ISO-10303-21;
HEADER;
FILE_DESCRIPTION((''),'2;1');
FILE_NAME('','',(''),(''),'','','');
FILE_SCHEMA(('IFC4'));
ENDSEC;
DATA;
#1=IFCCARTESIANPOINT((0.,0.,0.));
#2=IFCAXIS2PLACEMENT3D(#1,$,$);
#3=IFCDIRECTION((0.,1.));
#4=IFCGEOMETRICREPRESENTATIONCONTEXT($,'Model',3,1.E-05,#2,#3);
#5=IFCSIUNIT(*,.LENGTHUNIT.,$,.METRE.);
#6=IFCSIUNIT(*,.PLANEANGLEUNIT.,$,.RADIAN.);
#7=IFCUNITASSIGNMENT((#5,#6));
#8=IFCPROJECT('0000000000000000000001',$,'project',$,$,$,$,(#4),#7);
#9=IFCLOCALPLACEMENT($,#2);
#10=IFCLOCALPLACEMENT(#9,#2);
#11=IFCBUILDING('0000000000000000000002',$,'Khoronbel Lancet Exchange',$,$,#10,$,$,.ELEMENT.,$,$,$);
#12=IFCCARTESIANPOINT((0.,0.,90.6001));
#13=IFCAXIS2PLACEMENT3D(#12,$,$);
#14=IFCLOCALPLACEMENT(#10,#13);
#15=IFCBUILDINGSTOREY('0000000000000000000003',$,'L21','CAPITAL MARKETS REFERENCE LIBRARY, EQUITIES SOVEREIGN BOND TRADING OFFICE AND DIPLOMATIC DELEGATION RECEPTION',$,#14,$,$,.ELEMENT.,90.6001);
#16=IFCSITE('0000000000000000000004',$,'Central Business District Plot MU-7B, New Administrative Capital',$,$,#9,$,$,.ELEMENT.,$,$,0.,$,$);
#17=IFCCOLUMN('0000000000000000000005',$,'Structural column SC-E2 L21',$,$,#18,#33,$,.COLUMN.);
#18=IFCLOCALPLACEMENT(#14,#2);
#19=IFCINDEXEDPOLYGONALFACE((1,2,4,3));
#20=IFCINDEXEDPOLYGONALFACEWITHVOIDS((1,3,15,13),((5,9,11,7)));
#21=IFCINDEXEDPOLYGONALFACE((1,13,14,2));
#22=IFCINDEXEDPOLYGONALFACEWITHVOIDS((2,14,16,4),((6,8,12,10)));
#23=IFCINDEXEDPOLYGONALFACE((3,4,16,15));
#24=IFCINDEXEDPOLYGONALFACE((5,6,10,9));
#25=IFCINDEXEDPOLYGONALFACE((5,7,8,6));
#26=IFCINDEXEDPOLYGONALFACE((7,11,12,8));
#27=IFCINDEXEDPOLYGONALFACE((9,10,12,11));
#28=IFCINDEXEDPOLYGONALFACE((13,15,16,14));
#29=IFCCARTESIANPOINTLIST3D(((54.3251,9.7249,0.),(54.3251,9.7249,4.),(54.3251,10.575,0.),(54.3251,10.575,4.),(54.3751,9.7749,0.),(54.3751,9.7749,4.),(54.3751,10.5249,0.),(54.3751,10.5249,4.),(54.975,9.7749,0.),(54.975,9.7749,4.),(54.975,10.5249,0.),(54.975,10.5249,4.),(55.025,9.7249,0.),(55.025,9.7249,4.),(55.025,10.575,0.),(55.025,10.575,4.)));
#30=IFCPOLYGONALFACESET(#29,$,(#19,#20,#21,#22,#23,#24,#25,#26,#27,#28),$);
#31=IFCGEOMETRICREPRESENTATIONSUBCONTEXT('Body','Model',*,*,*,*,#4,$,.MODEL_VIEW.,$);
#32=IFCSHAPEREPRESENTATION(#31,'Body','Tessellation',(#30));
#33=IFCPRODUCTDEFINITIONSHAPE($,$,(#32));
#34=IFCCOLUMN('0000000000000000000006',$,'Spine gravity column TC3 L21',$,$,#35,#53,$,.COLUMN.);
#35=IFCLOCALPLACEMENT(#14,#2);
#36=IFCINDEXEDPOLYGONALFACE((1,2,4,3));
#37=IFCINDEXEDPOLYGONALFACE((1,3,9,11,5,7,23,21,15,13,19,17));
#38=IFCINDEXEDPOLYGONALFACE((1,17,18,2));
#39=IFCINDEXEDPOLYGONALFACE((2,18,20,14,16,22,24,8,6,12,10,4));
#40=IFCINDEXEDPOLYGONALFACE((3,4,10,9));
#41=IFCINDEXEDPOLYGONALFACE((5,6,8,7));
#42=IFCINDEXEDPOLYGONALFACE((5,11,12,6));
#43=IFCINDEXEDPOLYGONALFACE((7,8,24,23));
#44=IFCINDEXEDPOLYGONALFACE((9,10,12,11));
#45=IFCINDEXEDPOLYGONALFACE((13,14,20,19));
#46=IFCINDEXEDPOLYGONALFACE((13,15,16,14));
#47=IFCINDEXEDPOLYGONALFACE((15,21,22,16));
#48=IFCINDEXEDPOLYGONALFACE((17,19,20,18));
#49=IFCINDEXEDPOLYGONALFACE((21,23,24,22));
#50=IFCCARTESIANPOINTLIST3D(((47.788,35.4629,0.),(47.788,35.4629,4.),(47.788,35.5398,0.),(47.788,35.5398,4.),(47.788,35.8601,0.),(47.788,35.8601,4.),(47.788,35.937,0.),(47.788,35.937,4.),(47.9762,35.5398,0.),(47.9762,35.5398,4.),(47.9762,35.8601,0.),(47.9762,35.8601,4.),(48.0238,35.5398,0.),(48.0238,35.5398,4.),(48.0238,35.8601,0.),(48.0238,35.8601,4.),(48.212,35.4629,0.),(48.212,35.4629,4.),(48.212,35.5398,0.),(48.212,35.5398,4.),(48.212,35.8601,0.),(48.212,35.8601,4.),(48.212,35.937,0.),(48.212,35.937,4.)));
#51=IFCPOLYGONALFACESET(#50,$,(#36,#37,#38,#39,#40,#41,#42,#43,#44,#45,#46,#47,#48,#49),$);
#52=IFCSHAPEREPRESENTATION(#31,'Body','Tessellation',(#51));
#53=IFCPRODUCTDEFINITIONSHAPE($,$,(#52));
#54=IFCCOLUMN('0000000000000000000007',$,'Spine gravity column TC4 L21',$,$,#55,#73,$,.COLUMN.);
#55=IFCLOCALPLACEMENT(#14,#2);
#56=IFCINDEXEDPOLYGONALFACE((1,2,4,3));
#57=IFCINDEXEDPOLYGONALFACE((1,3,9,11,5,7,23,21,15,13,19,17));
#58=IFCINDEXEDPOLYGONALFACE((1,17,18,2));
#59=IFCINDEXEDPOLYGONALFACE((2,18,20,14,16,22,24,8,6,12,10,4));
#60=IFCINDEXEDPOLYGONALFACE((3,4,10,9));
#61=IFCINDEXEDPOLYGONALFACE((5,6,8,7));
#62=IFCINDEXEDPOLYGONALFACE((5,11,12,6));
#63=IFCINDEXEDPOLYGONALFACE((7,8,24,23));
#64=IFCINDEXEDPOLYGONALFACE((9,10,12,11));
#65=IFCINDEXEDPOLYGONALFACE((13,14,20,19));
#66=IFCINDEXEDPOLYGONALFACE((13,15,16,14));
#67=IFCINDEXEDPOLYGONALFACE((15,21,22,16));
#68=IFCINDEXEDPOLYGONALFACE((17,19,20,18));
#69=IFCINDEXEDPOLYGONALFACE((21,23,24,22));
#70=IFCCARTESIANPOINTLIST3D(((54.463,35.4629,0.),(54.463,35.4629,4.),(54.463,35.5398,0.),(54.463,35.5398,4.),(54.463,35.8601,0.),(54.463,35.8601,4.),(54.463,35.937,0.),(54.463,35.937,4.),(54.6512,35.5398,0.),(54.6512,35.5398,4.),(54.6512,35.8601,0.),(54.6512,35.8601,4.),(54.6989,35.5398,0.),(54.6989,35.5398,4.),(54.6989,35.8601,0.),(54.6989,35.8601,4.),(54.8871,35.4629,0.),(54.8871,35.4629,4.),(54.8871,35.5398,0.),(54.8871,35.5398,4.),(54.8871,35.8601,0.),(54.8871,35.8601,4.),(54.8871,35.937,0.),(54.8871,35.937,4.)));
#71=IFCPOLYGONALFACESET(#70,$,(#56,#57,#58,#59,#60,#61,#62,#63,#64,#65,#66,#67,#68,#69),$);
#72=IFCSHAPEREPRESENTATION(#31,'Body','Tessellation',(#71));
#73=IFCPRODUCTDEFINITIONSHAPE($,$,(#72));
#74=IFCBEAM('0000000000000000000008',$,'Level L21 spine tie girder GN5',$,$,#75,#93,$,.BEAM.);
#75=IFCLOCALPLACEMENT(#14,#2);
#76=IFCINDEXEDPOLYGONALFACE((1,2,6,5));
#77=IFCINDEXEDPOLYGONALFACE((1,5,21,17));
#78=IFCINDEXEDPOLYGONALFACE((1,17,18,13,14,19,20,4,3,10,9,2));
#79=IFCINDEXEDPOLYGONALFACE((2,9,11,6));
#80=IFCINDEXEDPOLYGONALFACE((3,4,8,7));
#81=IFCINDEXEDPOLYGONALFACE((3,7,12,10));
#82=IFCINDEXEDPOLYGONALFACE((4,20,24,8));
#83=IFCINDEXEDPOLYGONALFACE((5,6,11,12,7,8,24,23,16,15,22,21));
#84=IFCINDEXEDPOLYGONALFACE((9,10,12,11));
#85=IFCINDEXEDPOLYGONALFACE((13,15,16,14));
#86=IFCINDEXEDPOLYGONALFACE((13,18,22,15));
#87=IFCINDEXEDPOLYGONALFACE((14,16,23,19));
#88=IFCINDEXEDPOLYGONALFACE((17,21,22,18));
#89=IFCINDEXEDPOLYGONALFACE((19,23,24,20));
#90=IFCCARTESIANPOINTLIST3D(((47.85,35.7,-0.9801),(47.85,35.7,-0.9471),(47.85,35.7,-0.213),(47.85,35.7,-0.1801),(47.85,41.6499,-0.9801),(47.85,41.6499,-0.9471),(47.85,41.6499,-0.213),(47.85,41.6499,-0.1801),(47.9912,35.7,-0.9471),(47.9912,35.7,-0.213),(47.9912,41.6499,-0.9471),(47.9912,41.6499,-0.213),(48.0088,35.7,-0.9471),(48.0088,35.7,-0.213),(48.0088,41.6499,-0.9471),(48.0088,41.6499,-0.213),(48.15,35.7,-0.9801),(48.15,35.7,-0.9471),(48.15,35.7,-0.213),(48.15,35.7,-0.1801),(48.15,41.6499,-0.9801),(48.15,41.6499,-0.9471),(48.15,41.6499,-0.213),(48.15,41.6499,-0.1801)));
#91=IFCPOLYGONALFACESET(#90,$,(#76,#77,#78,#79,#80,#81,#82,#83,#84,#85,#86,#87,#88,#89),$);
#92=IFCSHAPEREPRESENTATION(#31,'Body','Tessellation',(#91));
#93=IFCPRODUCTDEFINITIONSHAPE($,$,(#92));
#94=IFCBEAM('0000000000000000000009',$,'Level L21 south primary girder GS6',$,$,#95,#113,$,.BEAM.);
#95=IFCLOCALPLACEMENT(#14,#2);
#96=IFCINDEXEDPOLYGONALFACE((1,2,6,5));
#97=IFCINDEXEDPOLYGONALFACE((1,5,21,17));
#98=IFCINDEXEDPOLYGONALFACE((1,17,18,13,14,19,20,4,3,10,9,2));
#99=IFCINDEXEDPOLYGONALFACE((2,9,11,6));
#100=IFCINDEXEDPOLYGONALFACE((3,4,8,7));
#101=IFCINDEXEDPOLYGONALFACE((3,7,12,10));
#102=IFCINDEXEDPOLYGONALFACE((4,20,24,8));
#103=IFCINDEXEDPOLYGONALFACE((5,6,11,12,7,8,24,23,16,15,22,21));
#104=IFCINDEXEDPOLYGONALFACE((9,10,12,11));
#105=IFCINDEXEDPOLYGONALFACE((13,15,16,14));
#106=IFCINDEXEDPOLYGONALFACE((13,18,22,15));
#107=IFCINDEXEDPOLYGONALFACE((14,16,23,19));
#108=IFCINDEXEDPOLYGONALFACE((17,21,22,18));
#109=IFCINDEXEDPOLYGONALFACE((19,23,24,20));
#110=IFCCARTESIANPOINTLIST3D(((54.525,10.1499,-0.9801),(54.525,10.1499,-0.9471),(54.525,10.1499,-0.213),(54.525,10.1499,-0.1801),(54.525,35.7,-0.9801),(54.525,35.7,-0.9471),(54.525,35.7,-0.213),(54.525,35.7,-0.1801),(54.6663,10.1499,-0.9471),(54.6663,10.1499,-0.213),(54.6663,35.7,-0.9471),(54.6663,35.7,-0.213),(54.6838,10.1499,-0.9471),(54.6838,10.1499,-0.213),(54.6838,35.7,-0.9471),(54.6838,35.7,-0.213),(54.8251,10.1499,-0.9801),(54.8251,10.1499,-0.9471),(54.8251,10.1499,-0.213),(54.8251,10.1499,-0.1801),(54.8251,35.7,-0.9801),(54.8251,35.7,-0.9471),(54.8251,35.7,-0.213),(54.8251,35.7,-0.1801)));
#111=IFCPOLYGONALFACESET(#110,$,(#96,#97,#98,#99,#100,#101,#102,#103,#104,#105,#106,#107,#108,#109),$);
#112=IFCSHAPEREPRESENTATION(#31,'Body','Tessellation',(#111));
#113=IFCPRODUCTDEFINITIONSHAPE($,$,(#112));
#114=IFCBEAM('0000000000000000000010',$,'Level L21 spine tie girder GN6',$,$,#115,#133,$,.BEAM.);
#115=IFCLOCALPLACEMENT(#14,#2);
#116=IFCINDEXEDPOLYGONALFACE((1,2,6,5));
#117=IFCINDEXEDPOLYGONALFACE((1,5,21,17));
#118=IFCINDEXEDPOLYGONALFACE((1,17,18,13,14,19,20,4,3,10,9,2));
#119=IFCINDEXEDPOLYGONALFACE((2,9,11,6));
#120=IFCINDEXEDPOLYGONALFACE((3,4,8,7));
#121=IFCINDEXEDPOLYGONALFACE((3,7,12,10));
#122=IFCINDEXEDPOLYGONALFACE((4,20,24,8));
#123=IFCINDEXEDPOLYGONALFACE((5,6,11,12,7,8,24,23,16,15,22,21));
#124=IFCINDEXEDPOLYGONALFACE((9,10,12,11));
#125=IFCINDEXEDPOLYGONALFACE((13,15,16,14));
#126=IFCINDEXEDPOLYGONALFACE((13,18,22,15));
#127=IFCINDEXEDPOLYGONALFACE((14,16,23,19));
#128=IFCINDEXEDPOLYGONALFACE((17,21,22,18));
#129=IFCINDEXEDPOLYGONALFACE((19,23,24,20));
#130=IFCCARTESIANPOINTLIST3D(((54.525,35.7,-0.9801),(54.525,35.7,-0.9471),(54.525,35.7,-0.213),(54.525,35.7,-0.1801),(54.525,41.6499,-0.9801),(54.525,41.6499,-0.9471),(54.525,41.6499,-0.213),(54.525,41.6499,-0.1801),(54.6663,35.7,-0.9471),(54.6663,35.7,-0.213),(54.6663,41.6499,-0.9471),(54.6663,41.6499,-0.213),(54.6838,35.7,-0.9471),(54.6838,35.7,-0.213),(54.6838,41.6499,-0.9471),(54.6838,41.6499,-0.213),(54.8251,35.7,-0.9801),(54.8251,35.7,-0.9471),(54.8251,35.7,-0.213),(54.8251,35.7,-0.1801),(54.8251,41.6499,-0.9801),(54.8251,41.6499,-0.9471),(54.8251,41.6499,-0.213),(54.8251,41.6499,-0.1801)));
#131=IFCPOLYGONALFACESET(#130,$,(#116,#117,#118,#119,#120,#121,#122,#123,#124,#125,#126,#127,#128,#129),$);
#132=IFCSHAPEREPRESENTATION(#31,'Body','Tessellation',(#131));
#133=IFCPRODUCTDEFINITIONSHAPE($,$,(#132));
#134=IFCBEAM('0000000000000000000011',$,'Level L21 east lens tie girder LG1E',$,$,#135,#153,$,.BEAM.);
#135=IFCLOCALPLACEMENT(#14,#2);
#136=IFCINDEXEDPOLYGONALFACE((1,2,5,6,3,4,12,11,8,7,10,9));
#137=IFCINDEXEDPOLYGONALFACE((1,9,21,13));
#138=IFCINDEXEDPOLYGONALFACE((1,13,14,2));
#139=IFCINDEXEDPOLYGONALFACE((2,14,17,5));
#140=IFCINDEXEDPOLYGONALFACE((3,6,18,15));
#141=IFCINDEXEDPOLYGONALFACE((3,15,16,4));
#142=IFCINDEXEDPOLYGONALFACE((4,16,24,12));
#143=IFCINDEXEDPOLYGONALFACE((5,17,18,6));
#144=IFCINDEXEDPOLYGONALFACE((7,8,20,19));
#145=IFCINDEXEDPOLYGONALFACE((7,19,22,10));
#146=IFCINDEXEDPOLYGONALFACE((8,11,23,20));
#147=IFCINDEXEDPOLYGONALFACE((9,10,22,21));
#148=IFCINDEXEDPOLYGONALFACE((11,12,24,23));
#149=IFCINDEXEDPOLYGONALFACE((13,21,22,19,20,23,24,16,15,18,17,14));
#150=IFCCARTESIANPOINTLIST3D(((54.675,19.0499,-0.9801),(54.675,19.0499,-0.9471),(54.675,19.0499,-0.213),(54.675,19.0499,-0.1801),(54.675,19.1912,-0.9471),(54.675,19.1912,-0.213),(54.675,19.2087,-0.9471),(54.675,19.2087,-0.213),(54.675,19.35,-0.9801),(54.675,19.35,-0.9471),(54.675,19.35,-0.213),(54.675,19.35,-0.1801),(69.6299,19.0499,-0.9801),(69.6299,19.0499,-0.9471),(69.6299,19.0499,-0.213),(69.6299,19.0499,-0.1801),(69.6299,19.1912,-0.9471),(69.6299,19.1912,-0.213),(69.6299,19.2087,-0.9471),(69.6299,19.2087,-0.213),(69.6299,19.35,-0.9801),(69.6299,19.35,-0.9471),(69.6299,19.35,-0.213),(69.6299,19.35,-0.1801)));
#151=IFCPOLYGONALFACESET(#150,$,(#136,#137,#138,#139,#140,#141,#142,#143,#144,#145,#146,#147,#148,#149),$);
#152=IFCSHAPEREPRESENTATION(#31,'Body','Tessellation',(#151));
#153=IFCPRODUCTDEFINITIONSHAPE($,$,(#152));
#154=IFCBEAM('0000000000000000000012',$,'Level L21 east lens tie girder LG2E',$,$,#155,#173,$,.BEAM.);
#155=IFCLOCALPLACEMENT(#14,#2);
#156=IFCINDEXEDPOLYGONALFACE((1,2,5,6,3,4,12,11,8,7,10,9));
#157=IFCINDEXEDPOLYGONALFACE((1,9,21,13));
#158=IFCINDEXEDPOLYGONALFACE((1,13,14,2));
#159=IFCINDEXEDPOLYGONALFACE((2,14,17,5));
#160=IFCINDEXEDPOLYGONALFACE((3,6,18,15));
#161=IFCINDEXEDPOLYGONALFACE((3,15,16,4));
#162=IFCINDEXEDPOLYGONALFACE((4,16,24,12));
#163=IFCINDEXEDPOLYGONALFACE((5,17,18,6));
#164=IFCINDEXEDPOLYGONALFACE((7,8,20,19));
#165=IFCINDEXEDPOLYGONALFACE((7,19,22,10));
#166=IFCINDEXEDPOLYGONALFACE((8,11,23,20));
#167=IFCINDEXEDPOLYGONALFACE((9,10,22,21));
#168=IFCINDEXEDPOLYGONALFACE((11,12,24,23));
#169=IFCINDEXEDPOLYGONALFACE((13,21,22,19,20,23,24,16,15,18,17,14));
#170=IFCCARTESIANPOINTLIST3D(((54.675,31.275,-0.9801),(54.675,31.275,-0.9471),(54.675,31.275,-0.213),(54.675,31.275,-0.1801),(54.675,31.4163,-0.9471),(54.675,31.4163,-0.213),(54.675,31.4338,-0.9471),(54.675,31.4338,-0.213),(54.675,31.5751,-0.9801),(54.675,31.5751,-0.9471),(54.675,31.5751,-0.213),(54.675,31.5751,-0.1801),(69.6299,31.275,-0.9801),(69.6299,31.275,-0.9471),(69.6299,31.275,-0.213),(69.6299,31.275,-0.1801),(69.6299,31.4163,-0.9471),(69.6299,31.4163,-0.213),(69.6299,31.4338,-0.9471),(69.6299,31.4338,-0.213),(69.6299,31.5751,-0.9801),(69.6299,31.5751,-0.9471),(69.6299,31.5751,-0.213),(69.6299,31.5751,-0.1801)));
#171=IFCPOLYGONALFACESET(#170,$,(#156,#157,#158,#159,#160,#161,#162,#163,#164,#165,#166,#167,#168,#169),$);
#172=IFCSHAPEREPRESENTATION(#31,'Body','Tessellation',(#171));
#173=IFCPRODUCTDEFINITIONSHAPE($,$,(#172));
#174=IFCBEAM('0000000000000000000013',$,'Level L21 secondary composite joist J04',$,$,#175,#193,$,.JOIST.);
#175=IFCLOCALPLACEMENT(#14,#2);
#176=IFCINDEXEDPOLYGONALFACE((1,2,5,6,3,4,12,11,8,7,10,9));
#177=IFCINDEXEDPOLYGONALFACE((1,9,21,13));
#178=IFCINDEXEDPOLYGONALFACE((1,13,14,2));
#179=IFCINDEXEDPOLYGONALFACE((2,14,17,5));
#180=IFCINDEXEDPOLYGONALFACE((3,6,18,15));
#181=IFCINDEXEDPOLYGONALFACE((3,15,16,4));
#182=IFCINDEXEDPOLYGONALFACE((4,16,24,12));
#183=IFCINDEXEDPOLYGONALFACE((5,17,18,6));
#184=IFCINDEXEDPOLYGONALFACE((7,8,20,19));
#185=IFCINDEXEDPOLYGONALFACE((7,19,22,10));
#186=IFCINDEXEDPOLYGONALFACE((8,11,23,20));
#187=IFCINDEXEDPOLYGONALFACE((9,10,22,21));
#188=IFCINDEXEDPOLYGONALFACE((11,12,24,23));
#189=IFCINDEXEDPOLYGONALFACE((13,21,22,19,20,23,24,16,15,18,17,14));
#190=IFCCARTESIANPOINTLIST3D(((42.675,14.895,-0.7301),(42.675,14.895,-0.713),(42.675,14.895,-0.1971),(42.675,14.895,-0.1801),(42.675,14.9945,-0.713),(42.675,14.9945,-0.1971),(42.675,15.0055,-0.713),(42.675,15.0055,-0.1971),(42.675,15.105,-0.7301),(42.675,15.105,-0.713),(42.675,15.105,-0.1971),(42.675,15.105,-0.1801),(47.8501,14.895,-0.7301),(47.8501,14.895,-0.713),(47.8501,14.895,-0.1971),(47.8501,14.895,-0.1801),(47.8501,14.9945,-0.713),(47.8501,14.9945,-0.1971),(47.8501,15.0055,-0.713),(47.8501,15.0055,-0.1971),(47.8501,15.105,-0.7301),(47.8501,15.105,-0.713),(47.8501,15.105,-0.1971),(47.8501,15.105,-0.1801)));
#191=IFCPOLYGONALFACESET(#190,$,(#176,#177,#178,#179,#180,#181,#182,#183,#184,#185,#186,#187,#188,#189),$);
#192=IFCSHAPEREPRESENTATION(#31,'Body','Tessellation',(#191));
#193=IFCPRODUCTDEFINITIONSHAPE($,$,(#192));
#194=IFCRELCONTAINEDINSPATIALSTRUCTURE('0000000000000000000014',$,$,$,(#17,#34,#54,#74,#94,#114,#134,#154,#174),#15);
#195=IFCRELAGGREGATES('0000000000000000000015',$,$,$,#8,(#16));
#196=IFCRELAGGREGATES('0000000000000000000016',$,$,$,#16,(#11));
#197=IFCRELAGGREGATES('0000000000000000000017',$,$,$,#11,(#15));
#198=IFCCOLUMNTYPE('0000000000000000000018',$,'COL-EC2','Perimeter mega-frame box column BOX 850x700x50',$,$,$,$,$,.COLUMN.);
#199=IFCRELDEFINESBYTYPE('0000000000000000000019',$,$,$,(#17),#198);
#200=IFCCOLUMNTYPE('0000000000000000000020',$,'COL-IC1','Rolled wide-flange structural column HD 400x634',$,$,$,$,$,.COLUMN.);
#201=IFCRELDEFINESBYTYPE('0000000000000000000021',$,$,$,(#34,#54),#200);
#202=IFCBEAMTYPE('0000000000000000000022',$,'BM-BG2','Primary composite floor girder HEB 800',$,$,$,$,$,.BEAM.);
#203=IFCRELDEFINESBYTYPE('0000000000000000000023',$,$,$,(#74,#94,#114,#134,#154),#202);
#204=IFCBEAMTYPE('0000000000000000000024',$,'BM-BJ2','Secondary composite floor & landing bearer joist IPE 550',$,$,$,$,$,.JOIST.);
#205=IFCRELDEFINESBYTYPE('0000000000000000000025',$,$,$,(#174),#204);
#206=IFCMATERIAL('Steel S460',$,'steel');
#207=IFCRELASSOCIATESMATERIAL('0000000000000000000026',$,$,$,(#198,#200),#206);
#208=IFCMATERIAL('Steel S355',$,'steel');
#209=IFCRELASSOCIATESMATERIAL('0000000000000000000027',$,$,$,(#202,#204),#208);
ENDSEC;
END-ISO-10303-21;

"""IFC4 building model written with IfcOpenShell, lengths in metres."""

from ifc_helpers import new_model, si_unit, direction, frame, origin, origin_2d, place, context, subcontext, project, spatial, hollow_rectangle, i_section, extrude, material, material_profile, profile_set, type_object, element, save


model = new_model("IFC4")

# Units and contexts
model_context = context("Model", 3, precision=1e-05, world=origin(), true_north=direction((0.0, 1.0)))
body_context = subcontext(model_context, "Body", "Model", "MODEL_VIEW")
ifc_project = project(units=[si_unit("LENGTHUNIT", "METRE"), si_unit("PLANEANGLEUNIT", "RADIAN")], contexts=[model_context])

# Site, building, storey
site_placement = place(None, origin())
site = spatial("IfcSite", under=ifc_project, at=site_placement, Name="Central Business District Plot MU-7B, New Administrative Capital", CompositionType="ELEMENT", RefElevation=0.0)
building_placement = place(site_placement, origin())
building = spatial("IfcBuilding", under=site, at=building_placement, Name="Khoronbel Lancet Exchange", CompositionType="ELEMENT")
storey_placement = place(building_placement, frame((0.0, 0.0, 90.6001)))
storey = spatial("IfcBuildingStorey", under=building, at=storey_placement, Name="L21", Description="CAPITAL MARKETS REFERENCE LIBRARY, EQUITIES SOVEREIGN BOND TRADING OFFICE AND DIPLOMATIC DELEGATION RECEPTION", CompositionType="ELEMENT", Elevation=90.6001)

# Columns
ifc_material_1 = material(Name="Steel S460", Category="steel")
ifc_material_profile_1 = material_profile(ifc_material_1, hollow_rectangle(XDim=0.7, YDim=0.8501, WallThickness=0.05, at=origin_2d()), Name="BOX 850x700x50")
ifc_profile_set_1 = profile_set([ifc_material_profile_1], Name="Steel S460")
column_type_1 = type_object("IfcColumnType", Name="COL-EC2", Description="Perimeter mega-frame box column BOX 850x700x50", PredefinedType="COLUMN", material=ifc_profile_set_1)
column_placement = place(storey_placement, frame((54.675, 10.1499, 0.0), z_axis=(0.0, 0.0, 1.0), x_axis=(1.0, 0.0, 0.0)))
element("IfcColumn", 1, at=column_placement, inside=storey, type_object=column_type_1, Name="Structural column SC-E2 L21", PredefinedType="COLUMN", context=body_context, shape_type="SweptSolid", body=[
    extrude(hollow_rectangle(XDim=0.7, YDim=0.8501, WallThickness=0.05, at=origin_2d()), origin(), (0.0, 0.0, 1.0), 4.0),
])
ifc_material_profile_2 = material_profile(ifc_material_1, i_section(OverallWidth=0.4241, OverallDepth=0.4741, WebThickness=0.0476, FlangeThickness=0.0769, at=origin_2d()), Name="HD 400x634")
ifc_profile_set_2 = profile_set([ifc_material_profile_2], Name="Steel S460")
column_type_2 = type_object("IfcColumnType", Name="COL-IC1", Description="Rolled wide-flange structural column HD 400x634", PredefinedType="COLUMN", material=ifc_profile_set_2)
for number, where, z_axis, x_axis, name in (
    (2, (48.0, 35.7, 0.0), (0.0, 0.0, 1.0), (1.0, 0.0, 0.0), "Spine gravity column TC3 L21"),
    (3, (54.675, 35.7, 0.0), (0.0, 0.0, 1.0), (1.0, 0.0, 0.0), "Spine gravity column TC4 L21"),
):
    element("IfcColumn", number, at=place(storey_placement, frame(where, z_axis=z_axis, x_axis=x_axis)), inside=storey, type_object=column_type_2, Name=name, PredefinedType="COLUMN", context=body_context, shape_type="SweptSolid", body=[
        extrude(i_section(OverallWidth=0.4241, OverallDepth=0.4741, WebThickness=0.0476, FlangeThickness=0.0769, at=origin_2d()), origin(), (0.0, 0.0, 1.0), 4.0),
    ])

# Beams
ifc_material_2 = material(Name="Steel S355", Category="steel")
ifc_material_profile_3 = material_profile(ifc_material_2, i_section(OverallWidth=0.3, OverallDepth=0.8, WebThickness=0.0176, FlangeThickness=0.033, at=origin_2d()), Name="HEB 800")
ifc_profile_set_3 = profile_set([ifc_material_profile_3], Name="Steel S355")
beam_type_1 = type_object("IfcBeamType", Name="BM-BG2", Description="Primary composite floor girder HEB 800", PredefinedType="BEAM", material=ifc_profile_set_3)
beam_1_placement = place(storey_placement, frame((48.0, 35.7, -0.5801), z_axis=(0.0, 1.0, 0.0), x_axis=(-1.0, 0.0, 0.0)))
element("IfcBeam", 4, at=beam_1_placement, inside=storey, type_object=beam_type_1, Name="Level L21 spine tie girder GN5", PredefinedType="BEAM", context=body_context, shape_type="SweptSolid", body=[
    extrude(i_section(OverallWidth=0.3, OverallDepth=0.8, WebThickness=0.0176, FlangeThickness=0.033, at=origin_2d()), origin(), (0.0, 0.0, 1.0), 5.95),
])
beam_2_placement = place(storey_placement, frame((54.675, 10.1499, -0.5801), z_axis=(0.0, 1.0, 0.0), x_axis=(-1.0, 0.0, 0.0)))
element("IfcBeam", 5, at=beam_2_placement, inside=storey, type_object=beam_type_1, Name="Level L21 south primary girder GS6", PredefinedType="BEAM", context=body_context, shape_type="SweptSolid", body=[
    extrude(i_section(OverallWidth=0.3, OverallDepth=0.8, WebThickness=0.0176, FlangeThickness=0.033, at=origin_2d()), origin(), (0.0, 0.0, 1.0), 25.55),
])
beam_3_placement = place(storey_placement, frame((54.675, 35.7, -0.5801), z_axis=(0.0, 1.0, 0.0), x_axis=(-1.0, 0.0, 0.0)))
element("IfcBeam", 6, at=beam_3_placement, inside=storey, type_object=beam_type_1, Name="Level L21 spine tie girder GN6", PredefinedType="BEAM", context=body_context, shape_type="SweptSolid", body=[
    extrude(i_section(OverallWidth=0.3, OverallDepth=0.8, WebThickness=0.0176, FlangeThickness=0.033, at=origin_2d()), origin(), (0.0, 0.0, 1.0), 5.95),
])
for number, where, z_axis, x_axis, name in (
    (7, (54.675, 19.2, -0.5801), (1.0, 0.0, 0.0), (0.0, 1.0, 0.0), "Level L21 east lens tie girder LG1E"),
    (8, (54.675, 31.425, -0.5801), (1.0, 0.0, 0.0), (0.0, 1.0, 0.0), "Level L21 east lens tie girder LG2E"),
):
    element("IfcBeam", number, at=place(storey_placement, frame(where, z_axis=z_axis, x_axis=x_axis)), inside=storey, type_object=beam_type_1, Name=name, PredefinedType="BEAM", context=body_context, shape_type="SweptSolid", body=[
        extrude(i_section(OverallWidth=0.3, OverallDepth=0.8, WebThickness=0.0176, FlangeThickness=0.033, at=origin_2d()), origin(), (0.0, 0.0, 1.0), 14.9548),
    ])
ifc_material_profile_4 = material_profile(ifc_material_2, i_section(OverallWidth=0.21, OverallDepth=0.55, WebThickness=0.011, FlangeThickness=0.0171, at=origin_2d()), Name="IPE 550")
ifc_profile_set_4 = profile_set([ifc_material_profile_4], Name="Steel S355")
beam_type_2 = type_object("IfcBeamType", Name="BM-BJ2", Description="Secondary composite floor & landing bearer joist IPE 550", PredefinedType="JOIST", material=ifc_profile_set_4)
beam_4_placement = place(storey_placement, frame((42.675, 15.0, -0.4551), z_axis=(1.0, 0.0, 0.0), x_axis=(0.0, 1.0, 0.0)))
element("IfcBeam", 9, at=beam_4_placement, inside=storey, type_object=beam_type_2, Name="Level L21 secondary composite joist J04", PredefinedType="JOIST", context=body_context, shape_type="SweptSolid", body=[
    extrude(i_section(OverallWidth=0.21, OverallDepth=0.55, WebThickness=0.011, FlangeThickness=0.0171, at=origin_2d()), origin(), (0.0, 0.0, 1.0), 5.175),
])

save(model, "model.ifc")
